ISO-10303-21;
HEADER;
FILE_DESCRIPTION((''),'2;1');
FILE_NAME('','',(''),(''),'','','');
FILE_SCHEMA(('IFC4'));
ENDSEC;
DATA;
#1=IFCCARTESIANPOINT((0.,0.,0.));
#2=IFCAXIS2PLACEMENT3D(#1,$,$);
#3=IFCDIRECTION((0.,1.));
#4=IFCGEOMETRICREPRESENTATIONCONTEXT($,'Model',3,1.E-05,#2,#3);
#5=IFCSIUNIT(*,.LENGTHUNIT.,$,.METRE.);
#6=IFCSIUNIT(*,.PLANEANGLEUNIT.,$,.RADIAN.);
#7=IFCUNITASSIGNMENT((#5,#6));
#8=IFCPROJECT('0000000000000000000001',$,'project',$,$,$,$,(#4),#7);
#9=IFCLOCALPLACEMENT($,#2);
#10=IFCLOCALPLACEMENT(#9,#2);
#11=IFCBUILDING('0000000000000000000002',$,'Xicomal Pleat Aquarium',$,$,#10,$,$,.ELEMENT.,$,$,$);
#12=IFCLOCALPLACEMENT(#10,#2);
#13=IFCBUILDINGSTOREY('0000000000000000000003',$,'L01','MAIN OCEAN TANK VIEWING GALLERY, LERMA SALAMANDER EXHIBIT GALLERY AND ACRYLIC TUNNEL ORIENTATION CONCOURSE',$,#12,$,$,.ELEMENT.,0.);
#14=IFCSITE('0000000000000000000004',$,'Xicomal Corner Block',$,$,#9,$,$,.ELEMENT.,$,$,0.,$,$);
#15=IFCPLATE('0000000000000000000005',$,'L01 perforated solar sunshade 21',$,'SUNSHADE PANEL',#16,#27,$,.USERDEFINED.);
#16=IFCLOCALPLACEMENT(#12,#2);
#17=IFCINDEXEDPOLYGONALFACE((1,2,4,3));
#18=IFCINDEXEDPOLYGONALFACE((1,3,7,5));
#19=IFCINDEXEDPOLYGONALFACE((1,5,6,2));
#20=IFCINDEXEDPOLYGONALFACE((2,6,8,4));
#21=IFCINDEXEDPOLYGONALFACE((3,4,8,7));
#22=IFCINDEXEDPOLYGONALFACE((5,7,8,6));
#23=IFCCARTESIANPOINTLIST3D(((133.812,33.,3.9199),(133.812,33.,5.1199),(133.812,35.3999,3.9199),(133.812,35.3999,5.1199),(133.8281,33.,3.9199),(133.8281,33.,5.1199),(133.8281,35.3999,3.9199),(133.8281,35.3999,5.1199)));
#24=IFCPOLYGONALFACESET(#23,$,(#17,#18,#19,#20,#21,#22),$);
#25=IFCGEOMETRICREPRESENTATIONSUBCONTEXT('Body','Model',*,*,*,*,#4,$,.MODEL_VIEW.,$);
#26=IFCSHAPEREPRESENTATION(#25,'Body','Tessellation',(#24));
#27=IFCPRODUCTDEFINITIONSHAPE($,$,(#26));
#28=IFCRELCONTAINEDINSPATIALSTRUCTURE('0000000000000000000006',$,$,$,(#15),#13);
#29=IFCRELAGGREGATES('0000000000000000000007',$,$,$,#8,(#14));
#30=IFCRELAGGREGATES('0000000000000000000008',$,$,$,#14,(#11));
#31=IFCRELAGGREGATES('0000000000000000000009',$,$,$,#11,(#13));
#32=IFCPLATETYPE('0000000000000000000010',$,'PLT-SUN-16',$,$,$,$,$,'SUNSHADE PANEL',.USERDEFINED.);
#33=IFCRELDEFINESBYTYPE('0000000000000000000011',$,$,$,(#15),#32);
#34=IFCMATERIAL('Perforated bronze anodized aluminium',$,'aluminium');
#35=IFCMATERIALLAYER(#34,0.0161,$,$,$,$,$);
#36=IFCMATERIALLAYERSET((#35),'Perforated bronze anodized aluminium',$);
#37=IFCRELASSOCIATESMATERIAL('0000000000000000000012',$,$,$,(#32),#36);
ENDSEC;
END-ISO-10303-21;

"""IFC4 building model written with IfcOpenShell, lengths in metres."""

from ifc_helpers import new_model, si_unit, direction, frame, origin, origin_2d, place, context, subcontext, project, spatial, rectangle, extrude, material, layer, layer_set, type_object, element, save


model = new_model("IFC4")

# Units and contexts
model_context = context("Model", 3, precision=1e-05, world=origin(), true_north=direction((0.0, 1.0)))
body_context = subcontext(model_context, "Body", "Model", "MODEL_VIEW")
ifc_project = project(units=[si_unit("LENGTHUNIT", "METRE"), si_unit("PLANEANGLEUNIT", "RADIAN")], contexts=[model_context])

# Site, building, storey
site_placement = place(None, origin())
site = spatial("IfcSite", under=ifc_project, at=site_placement, Name="Xicomal Corner Block", CompositionType="ELEMENT", RefElevation=0.0)
building_placement = place(site_placement, origin())
building = spatial("IfcBuilding", under=site, at=building_placement, Name="Xicomal Pleat Aquarium", CompositionType="ELEMENT")
storey_placement = place(building_placement, origin())
storey = spatial("IfcBuildingStorey", under=building, at=storey_placement, Name="L01", Description="MAIN OCEAN TANK VIEWING GALLERY, LERMA SALAMANDER EXHIBIT GALLERY AND ACRYLIC TUNNEL ORIENTATION CONCOURSE", CompositionType="ELEMENT", Elevation=0.0)

# Plate
ifc_material_1 = material(Name="Perforated bronze anodized aluminium", Category="aluminium")
ifc_layer_1 = layer(ifc_material_1, 0.0161)
ifc_layer_set_1 = layer_set([ifc_layer_1], Name="Perforated bronze anodized aluminium")
plate_type_1 = type_object("IfcPlateType", Name="PLT-SUN-16", ElementType="SUNSHADE PANEL", PredefinedType="USERDEFINED", material=ifc_layer_set_1)
plate_1_placement = place(storey_placement, frame((133.8201, 34.2, 3.9199), z_axis=(0.0, 0.0, 1.0), x_axis=(0.0, -1.0, 0.0)))
element("IfcPlate", 1, at=plate_1_placement, inside=storey, type_object=plate_type_1, Name="L01 perforated solar sunshade 21", ObjectType="SUNSHADE PANEL", PredefinedType="USERDEFINED", context=body_context, shape_type="SweptSolid", body=[
    extrude(rectangle(XDim=2.3999, YDim=0.0161, at=origin_2d()), origin(), (0.0, 0.0, 1.0), 1.2),
])

save(model, "model.ifc")
